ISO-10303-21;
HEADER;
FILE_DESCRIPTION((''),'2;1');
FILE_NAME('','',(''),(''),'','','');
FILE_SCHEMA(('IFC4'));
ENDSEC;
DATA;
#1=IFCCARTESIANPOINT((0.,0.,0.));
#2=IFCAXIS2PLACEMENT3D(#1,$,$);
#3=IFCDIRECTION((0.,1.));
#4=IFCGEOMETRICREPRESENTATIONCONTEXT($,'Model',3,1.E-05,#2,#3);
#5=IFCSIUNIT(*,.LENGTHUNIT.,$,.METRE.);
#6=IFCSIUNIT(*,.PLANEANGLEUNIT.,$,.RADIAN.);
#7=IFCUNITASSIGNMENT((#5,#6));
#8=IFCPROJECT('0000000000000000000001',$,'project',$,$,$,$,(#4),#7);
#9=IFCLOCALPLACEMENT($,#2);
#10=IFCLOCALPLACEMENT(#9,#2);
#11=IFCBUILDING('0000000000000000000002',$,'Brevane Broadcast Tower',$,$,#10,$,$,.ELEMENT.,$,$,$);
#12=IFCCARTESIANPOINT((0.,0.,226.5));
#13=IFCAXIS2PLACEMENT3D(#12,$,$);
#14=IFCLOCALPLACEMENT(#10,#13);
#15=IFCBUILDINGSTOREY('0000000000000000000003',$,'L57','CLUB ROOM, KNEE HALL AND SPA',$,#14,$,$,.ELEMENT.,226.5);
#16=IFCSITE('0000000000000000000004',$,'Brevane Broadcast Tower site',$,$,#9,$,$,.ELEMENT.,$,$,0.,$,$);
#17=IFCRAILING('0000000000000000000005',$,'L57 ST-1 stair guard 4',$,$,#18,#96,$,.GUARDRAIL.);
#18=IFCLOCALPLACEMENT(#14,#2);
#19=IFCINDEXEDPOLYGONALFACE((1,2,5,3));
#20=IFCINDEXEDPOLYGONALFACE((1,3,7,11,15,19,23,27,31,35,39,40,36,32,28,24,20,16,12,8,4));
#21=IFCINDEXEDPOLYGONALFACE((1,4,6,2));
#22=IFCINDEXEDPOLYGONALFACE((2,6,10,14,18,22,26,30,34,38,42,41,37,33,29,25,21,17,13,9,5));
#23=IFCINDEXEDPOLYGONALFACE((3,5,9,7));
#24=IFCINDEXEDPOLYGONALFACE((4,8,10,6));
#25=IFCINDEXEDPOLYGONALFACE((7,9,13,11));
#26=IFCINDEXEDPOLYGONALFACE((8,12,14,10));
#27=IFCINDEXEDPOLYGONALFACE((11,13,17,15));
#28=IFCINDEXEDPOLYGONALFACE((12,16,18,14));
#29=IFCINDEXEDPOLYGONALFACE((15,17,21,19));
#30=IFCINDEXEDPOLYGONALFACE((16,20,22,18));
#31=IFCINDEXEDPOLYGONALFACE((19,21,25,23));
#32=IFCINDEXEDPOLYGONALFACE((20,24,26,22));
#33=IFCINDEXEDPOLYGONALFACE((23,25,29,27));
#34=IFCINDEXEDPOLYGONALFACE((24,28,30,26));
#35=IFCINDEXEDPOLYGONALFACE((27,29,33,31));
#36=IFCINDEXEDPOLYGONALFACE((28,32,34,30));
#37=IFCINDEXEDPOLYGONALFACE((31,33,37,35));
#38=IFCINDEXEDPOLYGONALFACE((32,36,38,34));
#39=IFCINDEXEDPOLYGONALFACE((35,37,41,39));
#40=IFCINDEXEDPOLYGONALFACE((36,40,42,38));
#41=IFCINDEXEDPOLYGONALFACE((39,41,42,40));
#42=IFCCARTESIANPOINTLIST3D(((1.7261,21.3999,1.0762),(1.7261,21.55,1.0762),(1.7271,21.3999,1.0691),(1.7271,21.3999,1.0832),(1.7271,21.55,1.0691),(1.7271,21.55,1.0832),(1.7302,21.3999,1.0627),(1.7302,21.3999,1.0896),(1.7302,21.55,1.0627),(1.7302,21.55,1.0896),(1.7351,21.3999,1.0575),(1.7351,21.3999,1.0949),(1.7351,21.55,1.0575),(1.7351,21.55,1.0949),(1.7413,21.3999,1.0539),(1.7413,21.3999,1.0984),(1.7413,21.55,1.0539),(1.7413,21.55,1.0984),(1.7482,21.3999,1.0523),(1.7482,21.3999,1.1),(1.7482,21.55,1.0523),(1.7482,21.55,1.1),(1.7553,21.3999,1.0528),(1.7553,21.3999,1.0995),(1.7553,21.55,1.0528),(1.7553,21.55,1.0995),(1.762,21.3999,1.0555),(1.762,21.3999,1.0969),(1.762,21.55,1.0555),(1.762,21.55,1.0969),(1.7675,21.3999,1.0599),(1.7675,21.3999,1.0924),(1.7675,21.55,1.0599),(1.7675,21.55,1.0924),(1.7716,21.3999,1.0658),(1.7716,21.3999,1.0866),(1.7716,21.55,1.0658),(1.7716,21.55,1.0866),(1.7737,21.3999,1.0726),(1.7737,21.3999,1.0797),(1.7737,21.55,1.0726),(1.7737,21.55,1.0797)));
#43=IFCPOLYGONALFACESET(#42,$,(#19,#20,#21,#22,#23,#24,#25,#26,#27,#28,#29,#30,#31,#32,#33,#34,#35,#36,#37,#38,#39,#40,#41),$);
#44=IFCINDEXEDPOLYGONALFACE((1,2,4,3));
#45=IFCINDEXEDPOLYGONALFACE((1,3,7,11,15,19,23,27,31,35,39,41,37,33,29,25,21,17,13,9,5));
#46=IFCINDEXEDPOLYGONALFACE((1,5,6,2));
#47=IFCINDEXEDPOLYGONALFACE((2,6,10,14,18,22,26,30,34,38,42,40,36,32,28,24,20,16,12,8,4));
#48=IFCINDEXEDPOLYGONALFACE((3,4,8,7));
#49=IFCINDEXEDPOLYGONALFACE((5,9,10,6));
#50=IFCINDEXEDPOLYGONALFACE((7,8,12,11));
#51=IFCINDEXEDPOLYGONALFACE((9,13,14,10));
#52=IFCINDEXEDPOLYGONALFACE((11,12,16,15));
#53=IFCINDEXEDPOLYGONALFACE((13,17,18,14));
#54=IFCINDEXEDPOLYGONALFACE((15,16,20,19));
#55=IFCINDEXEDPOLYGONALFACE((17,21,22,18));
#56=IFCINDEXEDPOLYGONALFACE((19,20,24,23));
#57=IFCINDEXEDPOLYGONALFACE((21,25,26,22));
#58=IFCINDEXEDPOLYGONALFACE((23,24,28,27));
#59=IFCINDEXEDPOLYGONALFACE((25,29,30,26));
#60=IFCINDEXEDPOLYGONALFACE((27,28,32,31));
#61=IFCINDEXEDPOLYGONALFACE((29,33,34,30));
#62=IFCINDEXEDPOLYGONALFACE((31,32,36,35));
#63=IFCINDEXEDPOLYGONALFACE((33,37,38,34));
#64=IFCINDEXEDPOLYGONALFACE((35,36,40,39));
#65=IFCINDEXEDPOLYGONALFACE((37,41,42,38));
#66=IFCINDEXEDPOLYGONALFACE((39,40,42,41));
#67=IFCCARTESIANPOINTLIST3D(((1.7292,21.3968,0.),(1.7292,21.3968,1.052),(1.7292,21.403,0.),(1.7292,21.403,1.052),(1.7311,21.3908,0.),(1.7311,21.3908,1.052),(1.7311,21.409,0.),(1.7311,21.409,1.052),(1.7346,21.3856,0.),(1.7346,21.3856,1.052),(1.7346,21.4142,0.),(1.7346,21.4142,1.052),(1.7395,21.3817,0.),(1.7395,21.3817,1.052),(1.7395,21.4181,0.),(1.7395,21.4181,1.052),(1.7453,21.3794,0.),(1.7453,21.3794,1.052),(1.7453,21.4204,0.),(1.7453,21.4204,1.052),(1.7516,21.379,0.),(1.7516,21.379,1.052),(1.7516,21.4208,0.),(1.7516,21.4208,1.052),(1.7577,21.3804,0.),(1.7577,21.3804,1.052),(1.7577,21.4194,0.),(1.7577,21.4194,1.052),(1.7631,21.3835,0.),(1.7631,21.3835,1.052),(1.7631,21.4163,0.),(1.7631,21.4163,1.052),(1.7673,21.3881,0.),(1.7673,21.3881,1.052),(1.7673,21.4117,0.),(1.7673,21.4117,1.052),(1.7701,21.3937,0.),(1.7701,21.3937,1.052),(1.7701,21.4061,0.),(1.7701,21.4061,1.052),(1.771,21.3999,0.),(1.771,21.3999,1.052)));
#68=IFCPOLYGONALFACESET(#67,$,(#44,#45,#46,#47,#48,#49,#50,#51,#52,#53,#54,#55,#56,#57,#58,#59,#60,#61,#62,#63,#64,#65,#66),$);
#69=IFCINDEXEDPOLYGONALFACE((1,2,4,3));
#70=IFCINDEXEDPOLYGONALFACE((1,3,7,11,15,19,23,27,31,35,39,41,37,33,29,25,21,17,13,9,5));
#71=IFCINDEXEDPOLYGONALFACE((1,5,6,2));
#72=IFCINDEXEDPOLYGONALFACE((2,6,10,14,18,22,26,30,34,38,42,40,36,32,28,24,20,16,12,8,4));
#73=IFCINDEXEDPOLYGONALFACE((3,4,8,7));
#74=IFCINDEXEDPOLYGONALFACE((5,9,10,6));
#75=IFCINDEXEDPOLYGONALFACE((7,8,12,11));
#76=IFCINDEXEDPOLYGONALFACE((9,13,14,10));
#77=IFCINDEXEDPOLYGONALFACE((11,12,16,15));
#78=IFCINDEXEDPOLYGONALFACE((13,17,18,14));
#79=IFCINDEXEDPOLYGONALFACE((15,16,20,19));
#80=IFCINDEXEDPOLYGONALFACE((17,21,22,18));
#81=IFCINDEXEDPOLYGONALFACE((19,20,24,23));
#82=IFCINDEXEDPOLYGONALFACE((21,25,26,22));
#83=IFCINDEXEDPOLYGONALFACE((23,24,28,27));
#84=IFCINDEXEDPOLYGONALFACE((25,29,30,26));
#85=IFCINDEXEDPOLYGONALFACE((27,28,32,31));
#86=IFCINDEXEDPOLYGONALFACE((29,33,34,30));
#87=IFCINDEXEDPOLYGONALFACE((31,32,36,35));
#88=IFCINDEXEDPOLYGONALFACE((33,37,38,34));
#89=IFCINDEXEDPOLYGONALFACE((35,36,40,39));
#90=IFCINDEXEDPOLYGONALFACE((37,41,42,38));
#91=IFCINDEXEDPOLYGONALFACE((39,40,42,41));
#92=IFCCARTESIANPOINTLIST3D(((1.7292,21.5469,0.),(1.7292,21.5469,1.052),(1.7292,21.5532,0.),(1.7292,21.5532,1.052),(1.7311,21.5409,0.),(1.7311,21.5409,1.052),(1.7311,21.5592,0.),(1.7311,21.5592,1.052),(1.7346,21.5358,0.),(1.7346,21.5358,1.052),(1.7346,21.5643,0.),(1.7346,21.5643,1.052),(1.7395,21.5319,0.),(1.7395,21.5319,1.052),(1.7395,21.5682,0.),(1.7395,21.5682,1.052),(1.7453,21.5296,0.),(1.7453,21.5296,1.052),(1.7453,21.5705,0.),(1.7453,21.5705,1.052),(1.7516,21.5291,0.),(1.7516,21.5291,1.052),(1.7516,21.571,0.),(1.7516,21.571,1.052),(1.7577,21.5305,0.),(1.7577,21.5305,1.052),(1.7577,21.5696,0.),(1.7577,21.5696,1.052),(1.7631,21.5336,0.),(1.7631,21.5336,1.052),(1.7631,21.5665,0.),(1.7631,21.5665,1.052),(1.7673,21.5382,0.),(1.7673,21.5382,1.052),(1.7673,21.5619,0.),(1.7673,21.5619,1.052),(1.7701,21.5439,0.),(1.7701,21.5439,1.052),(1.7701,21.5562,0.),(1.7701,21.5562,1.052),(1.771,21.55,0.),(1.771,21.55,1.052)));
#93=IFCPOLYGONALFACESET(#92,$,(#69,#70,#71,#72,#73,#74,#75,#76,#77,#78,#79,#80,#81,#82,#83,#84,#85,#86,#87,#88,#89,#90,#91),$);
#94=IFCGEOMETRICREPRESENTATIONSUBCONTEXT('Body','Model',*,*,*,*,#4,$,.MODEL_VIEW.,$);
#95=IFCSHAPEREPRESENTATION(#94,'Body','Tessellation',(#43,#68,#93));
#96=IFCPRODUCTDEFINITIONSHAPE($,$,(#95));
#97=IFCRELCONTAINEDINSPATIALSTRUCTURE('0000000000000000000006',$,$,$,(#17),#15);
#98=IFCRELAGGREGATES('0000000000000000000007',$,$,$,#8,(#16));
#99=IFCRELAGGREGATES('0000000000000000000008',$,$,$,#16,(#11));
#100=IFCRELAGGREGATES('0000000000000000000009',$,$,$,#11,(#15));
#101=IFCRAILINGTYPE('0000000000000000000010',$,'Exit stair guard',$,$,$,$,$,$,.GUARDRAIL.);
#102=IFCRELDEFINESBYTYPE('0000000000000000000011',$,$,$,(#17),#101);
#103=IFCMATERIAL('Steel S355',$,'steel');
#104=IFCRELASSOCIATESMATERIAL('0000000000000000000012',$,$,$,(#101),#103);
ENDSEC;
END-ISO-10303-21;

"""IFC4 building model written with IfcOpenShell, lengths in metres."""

from ifc_helpers import new_model, si_unit, direction, frame, origin, origin_2d, place, context, subcontext, project, spatial, circle, extrude, material, type_object, element, save


model = new_model("IFC4")

# Units and contexts
model_context = context("Model", 3, precision=1e-05, world=origin(), true_north=direction((0.0, 1.0)))
body_context = subcontext(model_context, "Body", "Model", "MODEL_VIEW")
ifc_project = project(units=[si_unit("LENGTHUNIT", "METRE"), si_unit("PLANEANGLEUNIT", "RADIAN")], contexts=[model_context])

# Site, building, storey
site_placement = place(None, origin())
site = spatial("IfcSite", under=ifc_project, at=site_placement, Name="Brevane Broadcast Tower site", CompositionType="ELEMENT", RefElevation=0.0)
building_placement = place(site_placement, origin())
building = spatial("IfcBuilding", under=site, at=building_placement, Name="Brevane Broadcast Tower", CompositionType="ELEMENT")
storey_placement = place(building_placement, frame((0.0, 0.0, 226.5)))
storey = spatial("IfcBuildingStorey", under=building, at=storey_placement, Name="L57", Description="CLUB ROOM, KNEE HALL AND SPA", CompositionType="ELEMENT", Elevation=226.5)

# Railing
ifc_material_1 = material(Name="Steel S355", Category="steel")
railing_type_1 = type_object("IfcRailingType", Name="Exit stair guard", PredefinedType="GUARDRAIL", material=ifc_material_1)
railing_1_placement = place(storey_placement, frame((1.75, 21.3999, 0.0)))
element("IfcRailing", 1, at=railing_1_placement, inside=storey, type_object=railing_type_1, Name="L57 ST-1 stair guard 4", PredefinedType="GUARDRAIL", context=body_context, shape_type="SweptSolid", body=[
    extrude(circle(Radius=0.0239, at=origin_2d()), frame((0.0, 0.0, 1.0762), z_axis=(0.0, 1.0, 0.0), x_axis=(-1.0, 0.0, 0.0)), (0.0, 0.0, 1.0), 0.1501),
    extrude(circle(Radius=0.021, at=origin_2d()), origin(), (0.0, 0.0, 1.0), 1.052),
    extrude(circle(Radius=0.021, at=origin_2d()), frame((0.0, 0.1501, 0.0)), (0.0, 0.0, 1.0), 1.052),
])

save(model, "model.ifc")
